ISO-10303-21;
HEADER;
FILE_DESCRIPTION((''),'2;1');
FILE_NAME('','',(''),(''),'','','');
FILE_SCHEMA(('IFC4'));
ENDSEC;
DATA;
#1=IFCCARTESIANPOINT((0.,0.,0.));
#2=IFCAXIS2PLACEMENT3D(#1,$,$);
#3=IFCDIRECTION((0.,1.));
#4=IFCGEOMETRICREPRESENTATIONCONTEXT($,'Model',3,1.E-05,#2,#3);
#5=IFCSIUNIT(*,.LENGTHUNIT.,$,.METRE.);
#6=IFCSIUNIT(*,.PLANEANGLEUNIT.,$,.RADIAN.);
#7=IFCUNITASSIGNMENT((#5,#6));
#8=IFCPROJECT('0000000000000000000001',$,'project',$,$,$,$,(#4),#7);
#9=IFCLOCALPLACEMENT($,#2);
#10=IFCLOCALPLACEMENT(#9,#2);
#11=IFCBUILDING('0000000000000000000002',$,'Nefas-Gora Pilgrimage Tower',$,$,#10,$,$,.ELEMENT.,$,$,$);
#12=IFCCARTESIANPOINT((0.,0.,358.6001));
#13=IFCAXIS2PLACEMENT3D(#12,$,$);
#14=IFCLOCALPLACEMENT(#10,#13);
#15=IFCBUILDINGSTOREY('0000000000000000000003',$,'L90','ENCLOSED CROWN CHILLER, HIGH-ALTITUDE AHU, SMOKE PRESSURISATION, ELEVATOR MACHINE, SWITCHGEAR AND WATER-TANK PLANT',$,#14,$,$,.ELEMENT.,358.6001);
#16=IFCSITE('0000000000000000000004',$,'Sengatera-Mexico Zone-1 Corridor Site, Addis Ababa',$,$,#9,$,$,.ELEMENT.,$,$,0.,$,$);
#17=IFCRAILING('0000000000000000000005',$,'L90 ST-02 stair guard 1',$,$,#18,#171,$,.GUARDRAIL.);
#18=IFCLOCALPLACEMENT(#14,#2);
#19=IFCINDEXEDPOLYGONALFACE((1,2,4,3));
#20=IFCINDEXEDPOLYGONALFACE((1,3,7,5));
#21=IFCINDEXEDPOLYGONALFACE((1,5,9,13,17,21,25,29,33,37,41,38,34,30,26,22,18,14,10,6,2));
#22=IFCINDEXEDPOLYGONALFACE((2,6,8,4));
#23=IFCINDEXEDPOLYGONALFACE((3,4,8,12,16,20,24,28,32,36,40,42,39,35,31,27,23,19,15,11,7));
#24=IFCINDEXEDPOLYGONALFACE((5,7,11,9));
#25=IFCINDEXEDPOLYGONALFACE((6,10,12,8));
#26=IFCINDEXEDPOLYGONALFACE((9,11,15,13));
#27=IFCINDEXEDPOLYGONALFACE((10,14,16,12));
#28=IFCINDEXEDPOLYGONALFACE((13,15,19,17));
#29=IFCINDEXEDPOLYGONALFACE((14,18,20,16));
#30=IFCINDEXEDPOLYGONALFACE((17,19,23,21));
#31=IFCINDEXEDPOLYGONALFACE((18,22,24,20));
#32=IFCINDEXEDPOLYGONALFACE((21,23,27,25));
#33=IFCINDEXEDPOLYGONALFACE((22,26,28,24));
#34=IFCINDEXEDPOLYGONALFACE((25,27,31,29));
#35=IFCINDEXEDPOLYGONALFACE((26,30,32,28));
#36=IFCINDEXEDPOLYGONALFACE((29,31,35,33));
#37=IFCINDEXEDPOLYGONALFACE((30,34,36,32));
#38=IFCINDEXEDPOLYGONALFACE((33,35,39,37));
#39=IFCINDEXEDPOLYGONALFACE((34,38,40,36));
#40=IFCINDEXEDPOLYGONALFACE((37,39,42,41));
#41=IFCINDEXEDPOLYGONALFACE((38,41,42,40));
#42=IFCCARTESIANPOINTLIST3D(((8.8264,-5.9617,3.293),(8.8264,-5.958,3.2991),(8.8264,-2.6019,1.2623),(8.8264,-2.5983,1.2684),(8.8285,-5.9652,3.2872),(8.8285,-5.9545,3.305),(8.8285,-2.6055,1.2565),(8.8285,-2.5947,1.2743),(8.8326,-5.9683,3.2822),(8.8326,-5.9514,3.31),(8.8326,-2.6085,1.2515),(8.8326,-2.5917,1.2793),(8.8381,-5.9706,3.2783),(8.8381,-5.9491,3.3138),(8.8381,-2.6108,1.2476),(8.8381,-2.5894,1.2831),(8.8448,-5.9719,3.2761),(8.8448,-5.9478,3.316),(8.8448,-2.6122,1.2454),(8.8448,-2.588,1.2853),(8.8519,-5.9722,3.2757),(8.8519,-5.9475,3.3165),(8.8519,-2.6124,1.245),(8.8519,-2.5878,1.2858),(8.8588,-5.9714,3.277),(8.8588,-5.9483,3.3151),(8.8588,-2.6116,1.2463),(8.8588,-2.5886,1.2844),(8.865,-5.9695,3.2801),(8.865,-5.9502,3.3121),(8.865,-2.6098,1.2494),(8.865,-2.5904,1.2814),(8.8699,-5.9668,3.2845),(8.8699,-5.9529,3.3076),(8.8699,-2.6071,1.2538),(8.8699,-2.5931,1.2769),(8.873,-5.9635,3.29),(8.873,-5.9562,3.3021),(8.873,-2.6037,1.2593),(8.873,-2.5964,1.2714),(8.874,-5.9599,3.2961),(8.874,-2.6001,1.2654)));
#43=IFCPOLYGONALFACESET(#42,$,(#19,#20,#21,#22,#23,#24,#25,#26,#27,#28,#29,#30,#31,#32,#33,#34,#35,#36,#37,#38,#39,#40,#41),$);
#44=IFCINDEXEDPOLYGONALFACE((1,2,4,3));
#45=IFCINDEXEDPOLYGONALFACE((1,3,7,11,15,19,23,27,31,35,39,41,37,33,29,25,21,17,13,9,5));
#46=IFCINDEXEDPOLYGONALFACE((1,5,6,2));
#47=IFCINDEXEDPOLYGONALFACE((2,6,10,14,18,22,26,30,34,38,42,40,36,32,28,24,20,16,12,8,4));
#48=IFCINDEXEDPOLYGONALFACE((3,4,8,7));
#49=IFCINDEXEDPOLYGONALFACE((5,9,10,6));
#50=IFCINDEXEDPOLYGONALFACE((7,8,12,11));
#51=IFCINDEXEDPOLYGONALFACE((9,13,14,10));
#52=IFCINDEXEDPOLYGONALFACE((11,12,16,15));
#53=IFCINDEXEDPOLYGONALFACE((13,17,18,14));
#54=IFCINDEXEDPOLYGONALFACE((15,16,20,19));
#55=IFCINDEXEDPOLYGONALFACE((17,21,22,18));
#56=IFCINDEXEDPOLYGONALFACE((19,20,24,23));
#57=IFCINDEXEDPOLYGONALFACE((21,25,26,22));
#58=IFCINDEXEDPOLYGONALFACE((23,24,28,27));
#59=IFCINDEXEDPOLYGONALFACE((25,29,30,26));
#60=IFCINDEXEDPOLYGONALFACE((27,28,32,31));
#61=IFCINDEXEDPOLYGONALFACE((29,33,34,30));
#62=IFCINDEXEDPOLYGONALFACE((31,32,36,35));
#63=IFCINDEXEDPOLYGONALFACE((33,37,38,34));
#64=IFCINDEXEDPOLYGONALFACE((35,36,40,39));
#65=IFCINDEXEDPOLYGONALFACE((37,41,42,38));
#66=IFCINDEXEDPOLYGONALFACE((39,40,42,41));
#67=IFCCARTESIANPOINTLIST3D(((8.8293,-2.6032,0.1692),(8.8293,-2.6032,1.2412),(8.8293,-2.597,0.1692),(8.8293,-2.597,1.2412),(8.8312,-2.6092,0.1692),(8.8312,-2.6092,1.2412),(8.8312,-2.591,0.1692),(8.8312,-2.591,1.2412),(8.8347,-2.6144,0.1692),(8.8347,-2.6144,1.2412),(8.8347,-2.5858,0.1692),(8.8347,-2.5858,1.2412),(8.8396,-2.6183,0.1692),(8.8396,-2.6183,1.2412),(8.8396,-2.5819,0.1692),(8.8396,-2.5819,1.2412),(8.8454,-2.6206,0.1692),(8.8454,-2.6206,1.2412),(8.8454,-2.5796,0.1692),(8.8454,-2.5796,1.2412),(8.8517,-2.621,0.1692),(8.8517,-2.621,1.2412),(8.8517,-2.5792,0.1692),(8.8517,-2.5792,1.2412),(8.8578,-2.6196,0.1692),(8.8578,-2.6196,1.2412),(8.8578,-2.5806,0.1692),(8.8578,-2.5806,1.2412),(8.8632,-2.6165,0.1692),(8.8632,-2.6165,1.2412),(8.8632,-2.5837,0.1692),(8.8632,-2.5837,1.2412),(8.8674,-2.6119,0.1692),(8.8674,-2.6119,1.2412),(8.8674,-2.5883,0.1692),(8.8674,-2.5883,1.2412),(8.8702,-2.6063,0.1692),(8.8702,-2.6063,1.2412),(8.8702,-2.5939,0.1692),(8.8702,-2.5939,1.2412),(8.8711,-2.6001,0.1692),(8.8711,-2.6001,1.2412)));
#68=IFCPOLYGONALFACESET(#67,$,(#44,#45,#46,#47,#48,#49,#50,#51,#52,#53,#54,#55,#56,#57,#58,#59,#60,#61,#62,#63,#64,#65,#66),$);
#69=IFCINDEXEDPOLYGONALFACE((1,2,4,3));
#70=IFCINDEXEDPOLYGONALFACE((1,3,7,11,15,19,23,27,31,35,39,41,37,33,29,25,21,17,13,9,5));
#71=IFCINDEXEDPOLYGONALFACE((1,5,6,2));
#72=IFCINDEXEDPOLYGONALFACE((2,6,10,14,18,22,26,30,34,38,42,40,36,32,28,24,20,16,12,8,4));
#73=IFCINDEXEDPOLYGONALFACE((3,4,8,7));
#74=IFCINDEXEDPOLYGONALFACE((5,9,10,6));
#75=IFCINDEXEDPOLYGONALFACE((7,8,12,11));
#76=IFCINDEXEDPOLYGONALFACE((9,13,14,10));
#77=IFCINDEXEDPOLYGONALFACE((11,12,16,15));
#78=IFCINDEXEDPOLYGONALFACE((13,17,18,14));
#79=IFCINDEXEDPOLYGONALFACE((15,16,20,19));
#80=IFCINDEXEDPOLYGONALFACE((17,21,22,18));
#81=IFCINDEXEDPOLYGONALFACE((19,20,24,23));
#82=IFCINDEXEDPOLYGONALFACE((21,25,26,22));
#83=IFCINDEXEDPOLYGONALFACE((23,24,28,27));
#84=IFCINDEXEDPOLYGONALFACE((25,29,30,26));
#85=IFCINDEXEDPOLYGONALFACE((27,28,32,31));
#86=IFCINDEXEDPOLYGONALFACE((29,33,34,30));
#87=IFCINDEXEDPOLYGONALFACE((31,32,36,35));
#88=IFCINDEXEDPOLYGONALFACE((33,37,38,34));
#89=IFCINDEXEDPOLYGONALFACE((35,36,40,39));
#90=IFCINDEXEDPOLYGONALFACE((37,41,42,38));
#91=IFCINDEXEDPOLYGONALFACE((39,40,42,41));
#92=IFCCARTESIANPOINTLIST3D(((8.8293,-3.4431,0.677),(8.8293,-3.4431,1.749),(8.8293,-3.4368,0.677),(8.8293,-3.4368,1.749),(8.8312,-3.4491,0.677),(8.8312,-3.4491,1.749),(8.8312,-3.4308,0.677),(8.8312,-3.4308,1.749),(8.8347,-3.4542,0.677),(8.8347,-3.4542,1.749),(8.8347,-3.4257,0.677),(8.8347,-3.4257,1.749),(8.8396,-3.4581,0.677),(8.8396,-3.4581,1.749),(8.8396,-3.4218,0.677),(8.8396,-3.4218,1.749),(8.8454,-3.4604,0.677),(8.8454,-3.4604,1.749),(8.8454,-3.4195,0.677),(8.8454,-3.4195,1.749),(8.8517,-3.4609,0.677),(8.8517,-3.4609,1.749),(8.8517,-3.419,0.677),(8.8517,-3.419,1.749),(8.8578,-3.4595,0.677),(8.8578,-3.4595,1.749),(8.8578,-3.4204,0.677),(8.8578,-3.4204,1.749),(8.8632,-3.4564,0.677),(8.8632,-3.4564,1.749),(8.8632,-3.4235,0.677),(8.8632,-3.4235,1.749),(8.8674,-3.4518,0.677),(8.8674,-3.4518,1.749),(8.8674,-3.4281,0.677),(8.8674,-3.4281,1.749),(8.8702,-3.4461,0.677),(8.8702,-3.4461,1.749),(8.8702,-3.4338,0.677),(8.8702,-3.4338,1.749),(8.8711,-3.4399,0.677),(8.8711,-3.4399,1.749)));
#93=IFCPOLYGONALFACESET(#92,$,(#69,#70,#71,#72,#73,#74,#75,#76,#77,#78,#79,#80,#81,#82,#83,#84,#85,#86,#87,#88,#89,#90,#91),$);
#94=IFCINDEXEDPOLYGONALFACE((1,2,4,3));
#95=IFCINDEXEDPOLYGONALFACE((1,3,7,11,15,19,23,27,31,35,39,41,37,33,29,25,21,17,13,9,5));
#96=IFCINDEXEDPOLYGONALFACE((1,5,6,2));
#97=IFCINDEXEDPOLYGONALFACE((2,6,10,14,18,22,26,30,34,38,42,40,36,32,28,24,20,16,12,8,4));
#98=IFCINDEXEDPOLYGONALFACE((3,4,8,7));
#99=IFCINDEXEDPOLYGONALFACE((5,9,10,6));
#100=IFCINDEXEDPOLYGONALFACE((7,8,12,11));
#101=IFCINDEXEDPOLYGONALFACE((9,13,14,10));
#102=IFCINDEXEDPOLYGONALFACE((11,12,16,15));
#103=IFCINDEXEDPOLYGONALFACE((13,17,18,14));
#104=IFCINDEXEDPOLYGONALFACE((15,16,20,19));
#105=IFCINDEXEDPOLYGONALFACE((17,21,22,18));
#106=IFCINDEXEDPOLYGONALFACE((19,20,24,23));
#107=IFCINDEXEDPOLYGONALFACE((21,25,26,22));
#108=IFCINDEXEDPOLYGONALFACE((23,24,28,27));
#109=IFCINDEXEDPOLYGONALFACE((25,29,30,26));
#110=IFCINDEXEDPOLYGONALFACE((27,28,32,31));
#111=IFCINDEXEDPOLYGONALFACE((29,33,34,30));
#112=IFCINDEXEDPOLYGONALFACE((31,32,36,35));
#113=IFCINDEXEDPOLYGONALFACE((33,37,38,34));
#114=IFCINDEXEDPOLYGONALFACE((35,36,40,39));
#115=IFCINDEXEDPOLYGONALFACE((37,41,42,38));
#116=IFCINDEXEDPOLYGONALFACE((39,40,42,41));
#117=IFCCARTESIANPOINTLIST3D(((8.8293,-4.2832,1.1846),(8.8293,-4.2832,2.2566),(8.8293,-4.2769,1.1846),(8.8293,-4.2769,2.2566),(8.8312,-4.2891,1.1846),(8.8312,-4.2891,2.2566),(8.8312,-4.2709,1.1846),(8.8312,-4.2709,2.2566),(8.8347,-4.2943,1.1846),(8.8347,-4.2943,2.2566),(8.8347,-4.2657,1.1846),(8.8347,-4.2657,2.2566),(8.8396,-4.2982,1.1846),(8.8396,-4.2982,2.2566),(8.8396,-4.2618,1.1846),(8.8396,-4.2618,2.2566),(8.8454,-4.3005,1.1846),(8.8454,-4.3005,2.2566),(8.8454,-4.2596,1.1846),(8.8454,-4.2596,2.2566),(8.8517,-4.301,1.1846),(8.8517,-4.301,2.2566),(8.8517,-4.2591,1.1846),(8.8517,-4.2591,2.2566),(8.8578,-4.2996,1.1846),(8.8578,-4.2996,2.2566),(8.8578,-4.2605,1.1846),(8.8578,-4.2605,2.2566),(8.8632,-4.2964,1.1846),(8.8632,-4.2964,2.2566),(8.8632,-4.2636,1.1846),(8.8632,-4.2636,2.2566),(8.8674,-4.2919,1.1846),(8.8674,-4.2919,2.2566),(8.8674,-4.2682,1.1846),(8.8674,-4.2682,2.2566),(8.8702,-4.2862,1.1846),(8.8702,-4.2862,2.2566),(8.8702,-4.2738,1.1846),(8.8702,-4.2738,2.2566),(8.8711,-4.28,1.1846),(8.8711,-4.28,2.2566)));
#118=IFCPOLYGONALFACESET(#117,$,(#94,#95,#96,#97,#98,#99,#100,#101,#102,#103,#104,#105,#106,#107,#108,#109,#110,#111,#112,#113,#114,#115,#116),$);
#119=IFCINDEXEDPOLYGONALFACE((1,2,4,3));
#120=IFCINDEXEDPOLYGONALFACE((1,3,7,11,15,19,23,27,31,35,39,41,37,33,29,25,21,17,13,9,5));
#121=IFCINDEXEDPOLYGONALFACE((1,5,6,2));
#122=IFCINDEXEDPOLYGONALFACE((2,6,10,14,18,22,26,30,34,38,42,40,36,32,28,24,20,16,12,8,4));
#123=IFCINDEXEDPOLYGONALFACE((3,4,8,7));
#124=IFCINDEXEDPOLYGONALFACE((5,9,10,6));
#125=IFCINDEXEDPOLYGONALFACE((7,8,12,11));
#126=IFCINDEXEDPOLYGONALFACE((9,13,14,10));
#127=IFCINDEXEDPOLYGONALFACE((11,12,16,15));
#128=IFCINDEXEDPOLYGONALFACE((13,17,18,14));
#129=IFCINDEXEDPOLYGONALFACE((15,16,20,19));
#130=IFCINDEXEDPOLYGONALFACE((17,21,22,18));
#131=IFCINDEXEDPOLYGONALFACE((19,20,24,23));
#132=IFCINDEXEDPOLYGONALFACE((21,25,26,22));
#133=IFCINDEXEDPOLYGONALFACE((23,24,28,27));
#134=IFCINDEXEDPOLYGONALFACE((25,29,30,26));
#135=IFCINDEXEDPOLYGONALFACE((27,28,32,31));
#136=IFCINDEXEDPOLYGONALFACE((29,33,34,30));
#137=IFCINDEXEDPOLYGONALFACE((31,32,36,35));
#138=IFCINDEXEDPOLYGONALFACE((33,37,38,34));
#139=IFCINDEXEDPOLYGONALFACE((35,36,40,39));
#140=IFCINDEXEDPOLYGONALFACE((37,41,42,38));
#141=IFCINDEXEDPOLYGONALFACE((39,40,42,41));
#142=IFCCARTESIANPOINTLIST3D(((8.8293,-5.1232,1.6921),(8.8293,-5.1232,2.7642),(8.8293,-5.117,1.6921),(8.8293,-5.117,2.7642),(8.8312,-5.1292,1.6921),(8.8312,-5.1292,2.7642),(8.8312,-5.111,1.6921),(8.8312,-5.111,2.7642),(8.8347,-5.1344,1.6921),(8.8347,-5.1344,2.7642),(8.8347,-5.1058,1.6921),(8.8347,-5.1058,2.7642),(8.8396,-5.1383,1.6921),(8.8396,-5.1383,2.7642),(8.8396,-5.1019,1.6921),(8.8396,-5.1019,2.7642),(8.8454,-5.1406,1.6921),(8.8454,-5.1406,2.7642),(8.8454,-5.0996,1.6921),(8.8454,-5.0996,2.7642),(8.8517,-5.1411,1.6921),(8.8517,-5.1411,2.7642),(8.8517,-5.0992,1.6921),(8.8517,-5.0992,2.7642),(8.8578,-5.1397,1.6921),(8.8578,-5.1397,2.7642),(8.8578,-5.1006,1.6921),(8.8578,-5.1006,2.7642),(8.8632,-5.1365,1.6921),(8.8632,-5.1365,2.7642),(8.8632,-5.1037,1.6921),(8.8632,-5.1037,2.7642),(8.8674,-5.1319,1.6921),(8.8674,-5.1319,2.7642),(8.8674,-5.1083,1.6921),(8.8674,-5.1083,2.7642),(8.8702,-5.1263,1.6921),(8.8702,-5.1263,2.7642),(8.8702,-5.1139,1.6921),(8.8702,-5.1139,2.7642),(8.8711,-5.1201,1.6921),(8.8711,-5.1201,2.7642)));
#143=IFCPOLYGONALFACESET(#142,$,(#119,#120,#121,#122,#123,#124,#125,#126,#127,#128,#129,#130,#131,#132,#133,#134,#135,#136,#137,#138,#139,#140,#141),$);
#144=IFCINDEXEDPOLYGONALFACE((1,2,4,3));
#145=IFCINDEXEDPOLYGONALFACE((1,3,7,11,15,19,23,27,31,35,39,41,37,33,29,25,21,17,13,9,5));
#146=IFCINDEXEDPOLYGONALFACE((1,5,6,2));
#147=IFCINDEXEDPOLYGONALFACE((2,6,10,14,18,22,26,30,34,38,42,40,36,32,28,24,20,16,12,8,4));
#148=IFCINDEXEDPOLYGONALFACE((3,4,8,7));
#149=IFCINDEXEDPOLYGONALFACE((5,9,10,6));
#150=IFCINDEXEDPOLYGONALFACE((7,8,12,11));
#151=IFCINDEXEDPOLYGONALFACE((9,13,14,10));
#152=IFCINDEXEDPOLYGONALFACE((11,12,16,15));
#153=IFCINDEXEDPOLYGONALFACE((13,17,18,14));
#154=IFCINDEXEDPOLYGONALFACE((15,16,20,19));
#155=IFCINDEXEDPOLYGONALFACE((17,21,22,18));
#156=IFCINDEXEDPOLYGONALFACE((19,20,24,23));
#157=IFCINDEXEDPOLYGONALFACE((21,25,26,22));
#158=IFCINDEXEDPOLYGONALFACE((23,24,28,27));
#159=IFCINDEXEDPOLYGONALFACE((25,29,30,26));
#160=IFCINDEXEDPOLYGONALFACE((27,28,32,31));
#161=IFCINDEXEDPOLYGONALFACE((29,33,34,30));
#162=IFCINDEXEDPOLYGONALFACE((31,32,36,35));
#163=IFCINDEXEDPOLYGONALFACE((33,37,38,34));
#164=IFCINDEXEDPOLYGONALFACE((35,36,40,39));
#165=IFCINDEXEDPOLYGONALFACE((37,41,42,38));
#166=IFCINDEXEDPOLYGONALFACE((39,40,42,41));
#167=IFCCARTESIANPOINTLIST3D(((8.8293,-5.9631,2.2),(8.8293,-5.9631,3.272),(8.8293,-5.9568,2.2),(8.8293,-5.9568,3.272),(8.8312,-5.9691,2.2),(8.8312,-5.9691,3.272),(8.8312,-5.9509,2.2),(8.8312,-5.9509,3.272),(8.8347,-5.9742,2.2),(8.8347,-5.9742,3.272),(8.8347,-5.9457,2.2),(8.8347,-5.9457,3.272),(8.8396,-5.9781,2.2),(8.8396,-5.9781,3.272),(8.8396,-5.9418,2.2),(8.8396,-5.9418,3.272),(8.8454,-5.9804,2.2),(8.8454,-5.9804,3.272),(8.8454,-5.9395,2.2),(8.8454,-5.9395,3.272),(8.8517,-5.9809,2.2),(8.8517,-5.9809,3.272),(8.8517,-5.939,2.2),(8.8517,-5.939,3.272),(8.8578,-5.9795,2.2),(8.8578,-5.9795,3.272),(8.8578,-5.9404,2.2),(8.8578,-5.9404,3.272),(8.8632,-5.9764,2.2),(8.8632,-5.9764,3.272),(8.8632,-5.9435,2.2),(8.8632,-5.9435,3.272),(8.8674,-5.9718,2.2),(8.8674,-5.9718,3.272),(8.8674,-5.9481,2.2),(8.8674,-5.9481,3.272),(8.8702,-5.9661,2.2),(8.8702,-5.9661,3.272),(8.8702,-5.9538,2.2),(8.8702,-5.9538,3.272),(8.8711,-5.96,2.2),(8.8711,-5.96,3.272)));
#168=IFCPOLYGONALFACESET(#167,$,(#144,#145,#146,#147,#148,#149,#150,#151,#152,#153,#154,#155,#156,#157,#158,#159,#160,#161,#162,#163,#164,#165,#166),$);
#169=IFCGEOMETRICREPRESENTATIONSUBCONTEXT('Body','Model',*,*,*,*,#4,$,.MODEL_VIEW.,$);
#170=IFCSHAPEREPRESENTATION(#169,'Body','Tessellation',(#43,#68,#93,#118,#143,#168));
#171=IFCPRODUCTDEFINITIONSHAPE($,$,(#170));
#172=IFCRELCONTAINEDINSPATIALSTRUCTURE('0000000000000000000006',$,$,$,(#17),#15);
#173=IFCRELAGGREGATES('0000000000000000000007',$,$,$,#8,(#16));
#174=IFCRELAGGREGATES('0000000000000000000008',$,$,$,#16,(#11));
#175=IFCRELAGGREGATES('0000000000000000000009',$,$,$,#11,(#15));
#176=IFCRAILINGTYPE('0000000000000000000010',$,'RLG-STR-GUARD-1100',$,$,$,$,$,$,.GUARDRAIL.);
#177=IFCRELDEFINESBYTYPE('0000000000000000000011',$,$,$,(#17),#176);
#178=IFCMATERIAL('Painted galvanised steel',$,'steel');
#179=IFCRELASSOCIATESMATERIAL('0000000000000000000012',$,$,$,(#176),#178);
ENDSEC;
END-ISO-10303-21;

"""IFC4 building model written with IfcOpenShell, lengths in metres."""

from ifc_helpers import new_model, si_unit, direction, frame, origin, origin_2d, place, context, subcontext, project, spatial, circle, extrude, material, type_object, element, save


model = new_model("IFC4")

# Units and contexts
model_context = context("Model", 3, precision=1e-05, world=origin(), true_north=direction((0.0, 1.0)))
body_context = subcontext(model_context, "Body", "Model", "MODEL_VIEW")
ifc_project = project(units=[si_unit("LENGTHUNIT", "METRE"), si_unit("PLANEANGLEUNIT", "RADIAN")], contexts=[model_context])

# Site, building, storey
site_placement = place(None, origin())
site = spatial("IfcSite", under=ifc_project, at=site_placement, Name="Sengatera-Mexico Zone-1 Corridor Site, Addis Ababa", CompositionType="ELEMENT", RefElevation=0.0)
building_placement = place(site_placement, origin())
building = spatial("IfcBuilding", under=site, at=building_placement, Name="Nefas-Gora Pilgrimage Tower", CompositionType="ELEMENT")
storey_placement = place(building_placement, frame((0.0, 0.0, 358.6001)))
storey = spatial("IfcBuildingStorey", under=building, at=storey_placement, Name="L90", Description="ENCLOSED CROWN CHILLER, HIGH-ALTITUDE AHU, SMOKE PRESSURISATION, ELEVATOR MACHINE, SWITCHGEAR AND WATER-TANK PLANT", CompositionType="ELEMENT", Elevation=358.6001)

# Railing
ifc_material_1 = material(Name="Painted galvanised steel", Category="steel")
railing_type_1 = type_object("IfcRailingType", Name="RLG-STR-GUARD-1100", PredefinedType="GUARDRAIL", material=ifc_material_1)
railing_1_placement = place(storey_placement, frame((8.8501, -2.6001, 0.1692)))
element("IfcRailing", 1, at=railing_1_placement, inside=storey, type_object=railing_type_1, Name="L90 ST-02 stair guard 1", PredefinedType="GUARDRAIL", context=body_context, shape_type="SweptSolid", body=[
    extrude(circle(Radius=0.0239, at=origin_2d()), frame((0.0, 0.0, 1.0962), z_axis=(0.0, -0.85582, 0.517273), x_axis=(1.0, 0.0, 0.0)), (0.0, 0.0, 1.0), 3.9258),
    extrude(circle(Radius=0.021, at=origin_2d()), origin(), (0.0, 0.0, 1.0), 1.072),
    extrude(circle(Radius=0.021, at=origin_2d()), frame((0.0, -0.8398, 0.5078)), (0.0, 0.0, 1.0), 1.072),
    extrude(circle(Radius=0.021, at=origin_2d()), frame((0.0, -1.6799, 1.0154)), (0.0, 0.0, 1.0), 1.072),
    extrude(circle(Radius=0.021, at=origin_2d()), frame((0.0, -2.52, 1.5229)), (0.0, 0.0, 1.0), 1.072),
    extrude(circle(Radius=0.021, at=origin_2d()), frame((0.0, -3.3599, 2.0308)), (0.0, 0.0, 1.0), 1.072),
])

save(model, "model.ifc")
